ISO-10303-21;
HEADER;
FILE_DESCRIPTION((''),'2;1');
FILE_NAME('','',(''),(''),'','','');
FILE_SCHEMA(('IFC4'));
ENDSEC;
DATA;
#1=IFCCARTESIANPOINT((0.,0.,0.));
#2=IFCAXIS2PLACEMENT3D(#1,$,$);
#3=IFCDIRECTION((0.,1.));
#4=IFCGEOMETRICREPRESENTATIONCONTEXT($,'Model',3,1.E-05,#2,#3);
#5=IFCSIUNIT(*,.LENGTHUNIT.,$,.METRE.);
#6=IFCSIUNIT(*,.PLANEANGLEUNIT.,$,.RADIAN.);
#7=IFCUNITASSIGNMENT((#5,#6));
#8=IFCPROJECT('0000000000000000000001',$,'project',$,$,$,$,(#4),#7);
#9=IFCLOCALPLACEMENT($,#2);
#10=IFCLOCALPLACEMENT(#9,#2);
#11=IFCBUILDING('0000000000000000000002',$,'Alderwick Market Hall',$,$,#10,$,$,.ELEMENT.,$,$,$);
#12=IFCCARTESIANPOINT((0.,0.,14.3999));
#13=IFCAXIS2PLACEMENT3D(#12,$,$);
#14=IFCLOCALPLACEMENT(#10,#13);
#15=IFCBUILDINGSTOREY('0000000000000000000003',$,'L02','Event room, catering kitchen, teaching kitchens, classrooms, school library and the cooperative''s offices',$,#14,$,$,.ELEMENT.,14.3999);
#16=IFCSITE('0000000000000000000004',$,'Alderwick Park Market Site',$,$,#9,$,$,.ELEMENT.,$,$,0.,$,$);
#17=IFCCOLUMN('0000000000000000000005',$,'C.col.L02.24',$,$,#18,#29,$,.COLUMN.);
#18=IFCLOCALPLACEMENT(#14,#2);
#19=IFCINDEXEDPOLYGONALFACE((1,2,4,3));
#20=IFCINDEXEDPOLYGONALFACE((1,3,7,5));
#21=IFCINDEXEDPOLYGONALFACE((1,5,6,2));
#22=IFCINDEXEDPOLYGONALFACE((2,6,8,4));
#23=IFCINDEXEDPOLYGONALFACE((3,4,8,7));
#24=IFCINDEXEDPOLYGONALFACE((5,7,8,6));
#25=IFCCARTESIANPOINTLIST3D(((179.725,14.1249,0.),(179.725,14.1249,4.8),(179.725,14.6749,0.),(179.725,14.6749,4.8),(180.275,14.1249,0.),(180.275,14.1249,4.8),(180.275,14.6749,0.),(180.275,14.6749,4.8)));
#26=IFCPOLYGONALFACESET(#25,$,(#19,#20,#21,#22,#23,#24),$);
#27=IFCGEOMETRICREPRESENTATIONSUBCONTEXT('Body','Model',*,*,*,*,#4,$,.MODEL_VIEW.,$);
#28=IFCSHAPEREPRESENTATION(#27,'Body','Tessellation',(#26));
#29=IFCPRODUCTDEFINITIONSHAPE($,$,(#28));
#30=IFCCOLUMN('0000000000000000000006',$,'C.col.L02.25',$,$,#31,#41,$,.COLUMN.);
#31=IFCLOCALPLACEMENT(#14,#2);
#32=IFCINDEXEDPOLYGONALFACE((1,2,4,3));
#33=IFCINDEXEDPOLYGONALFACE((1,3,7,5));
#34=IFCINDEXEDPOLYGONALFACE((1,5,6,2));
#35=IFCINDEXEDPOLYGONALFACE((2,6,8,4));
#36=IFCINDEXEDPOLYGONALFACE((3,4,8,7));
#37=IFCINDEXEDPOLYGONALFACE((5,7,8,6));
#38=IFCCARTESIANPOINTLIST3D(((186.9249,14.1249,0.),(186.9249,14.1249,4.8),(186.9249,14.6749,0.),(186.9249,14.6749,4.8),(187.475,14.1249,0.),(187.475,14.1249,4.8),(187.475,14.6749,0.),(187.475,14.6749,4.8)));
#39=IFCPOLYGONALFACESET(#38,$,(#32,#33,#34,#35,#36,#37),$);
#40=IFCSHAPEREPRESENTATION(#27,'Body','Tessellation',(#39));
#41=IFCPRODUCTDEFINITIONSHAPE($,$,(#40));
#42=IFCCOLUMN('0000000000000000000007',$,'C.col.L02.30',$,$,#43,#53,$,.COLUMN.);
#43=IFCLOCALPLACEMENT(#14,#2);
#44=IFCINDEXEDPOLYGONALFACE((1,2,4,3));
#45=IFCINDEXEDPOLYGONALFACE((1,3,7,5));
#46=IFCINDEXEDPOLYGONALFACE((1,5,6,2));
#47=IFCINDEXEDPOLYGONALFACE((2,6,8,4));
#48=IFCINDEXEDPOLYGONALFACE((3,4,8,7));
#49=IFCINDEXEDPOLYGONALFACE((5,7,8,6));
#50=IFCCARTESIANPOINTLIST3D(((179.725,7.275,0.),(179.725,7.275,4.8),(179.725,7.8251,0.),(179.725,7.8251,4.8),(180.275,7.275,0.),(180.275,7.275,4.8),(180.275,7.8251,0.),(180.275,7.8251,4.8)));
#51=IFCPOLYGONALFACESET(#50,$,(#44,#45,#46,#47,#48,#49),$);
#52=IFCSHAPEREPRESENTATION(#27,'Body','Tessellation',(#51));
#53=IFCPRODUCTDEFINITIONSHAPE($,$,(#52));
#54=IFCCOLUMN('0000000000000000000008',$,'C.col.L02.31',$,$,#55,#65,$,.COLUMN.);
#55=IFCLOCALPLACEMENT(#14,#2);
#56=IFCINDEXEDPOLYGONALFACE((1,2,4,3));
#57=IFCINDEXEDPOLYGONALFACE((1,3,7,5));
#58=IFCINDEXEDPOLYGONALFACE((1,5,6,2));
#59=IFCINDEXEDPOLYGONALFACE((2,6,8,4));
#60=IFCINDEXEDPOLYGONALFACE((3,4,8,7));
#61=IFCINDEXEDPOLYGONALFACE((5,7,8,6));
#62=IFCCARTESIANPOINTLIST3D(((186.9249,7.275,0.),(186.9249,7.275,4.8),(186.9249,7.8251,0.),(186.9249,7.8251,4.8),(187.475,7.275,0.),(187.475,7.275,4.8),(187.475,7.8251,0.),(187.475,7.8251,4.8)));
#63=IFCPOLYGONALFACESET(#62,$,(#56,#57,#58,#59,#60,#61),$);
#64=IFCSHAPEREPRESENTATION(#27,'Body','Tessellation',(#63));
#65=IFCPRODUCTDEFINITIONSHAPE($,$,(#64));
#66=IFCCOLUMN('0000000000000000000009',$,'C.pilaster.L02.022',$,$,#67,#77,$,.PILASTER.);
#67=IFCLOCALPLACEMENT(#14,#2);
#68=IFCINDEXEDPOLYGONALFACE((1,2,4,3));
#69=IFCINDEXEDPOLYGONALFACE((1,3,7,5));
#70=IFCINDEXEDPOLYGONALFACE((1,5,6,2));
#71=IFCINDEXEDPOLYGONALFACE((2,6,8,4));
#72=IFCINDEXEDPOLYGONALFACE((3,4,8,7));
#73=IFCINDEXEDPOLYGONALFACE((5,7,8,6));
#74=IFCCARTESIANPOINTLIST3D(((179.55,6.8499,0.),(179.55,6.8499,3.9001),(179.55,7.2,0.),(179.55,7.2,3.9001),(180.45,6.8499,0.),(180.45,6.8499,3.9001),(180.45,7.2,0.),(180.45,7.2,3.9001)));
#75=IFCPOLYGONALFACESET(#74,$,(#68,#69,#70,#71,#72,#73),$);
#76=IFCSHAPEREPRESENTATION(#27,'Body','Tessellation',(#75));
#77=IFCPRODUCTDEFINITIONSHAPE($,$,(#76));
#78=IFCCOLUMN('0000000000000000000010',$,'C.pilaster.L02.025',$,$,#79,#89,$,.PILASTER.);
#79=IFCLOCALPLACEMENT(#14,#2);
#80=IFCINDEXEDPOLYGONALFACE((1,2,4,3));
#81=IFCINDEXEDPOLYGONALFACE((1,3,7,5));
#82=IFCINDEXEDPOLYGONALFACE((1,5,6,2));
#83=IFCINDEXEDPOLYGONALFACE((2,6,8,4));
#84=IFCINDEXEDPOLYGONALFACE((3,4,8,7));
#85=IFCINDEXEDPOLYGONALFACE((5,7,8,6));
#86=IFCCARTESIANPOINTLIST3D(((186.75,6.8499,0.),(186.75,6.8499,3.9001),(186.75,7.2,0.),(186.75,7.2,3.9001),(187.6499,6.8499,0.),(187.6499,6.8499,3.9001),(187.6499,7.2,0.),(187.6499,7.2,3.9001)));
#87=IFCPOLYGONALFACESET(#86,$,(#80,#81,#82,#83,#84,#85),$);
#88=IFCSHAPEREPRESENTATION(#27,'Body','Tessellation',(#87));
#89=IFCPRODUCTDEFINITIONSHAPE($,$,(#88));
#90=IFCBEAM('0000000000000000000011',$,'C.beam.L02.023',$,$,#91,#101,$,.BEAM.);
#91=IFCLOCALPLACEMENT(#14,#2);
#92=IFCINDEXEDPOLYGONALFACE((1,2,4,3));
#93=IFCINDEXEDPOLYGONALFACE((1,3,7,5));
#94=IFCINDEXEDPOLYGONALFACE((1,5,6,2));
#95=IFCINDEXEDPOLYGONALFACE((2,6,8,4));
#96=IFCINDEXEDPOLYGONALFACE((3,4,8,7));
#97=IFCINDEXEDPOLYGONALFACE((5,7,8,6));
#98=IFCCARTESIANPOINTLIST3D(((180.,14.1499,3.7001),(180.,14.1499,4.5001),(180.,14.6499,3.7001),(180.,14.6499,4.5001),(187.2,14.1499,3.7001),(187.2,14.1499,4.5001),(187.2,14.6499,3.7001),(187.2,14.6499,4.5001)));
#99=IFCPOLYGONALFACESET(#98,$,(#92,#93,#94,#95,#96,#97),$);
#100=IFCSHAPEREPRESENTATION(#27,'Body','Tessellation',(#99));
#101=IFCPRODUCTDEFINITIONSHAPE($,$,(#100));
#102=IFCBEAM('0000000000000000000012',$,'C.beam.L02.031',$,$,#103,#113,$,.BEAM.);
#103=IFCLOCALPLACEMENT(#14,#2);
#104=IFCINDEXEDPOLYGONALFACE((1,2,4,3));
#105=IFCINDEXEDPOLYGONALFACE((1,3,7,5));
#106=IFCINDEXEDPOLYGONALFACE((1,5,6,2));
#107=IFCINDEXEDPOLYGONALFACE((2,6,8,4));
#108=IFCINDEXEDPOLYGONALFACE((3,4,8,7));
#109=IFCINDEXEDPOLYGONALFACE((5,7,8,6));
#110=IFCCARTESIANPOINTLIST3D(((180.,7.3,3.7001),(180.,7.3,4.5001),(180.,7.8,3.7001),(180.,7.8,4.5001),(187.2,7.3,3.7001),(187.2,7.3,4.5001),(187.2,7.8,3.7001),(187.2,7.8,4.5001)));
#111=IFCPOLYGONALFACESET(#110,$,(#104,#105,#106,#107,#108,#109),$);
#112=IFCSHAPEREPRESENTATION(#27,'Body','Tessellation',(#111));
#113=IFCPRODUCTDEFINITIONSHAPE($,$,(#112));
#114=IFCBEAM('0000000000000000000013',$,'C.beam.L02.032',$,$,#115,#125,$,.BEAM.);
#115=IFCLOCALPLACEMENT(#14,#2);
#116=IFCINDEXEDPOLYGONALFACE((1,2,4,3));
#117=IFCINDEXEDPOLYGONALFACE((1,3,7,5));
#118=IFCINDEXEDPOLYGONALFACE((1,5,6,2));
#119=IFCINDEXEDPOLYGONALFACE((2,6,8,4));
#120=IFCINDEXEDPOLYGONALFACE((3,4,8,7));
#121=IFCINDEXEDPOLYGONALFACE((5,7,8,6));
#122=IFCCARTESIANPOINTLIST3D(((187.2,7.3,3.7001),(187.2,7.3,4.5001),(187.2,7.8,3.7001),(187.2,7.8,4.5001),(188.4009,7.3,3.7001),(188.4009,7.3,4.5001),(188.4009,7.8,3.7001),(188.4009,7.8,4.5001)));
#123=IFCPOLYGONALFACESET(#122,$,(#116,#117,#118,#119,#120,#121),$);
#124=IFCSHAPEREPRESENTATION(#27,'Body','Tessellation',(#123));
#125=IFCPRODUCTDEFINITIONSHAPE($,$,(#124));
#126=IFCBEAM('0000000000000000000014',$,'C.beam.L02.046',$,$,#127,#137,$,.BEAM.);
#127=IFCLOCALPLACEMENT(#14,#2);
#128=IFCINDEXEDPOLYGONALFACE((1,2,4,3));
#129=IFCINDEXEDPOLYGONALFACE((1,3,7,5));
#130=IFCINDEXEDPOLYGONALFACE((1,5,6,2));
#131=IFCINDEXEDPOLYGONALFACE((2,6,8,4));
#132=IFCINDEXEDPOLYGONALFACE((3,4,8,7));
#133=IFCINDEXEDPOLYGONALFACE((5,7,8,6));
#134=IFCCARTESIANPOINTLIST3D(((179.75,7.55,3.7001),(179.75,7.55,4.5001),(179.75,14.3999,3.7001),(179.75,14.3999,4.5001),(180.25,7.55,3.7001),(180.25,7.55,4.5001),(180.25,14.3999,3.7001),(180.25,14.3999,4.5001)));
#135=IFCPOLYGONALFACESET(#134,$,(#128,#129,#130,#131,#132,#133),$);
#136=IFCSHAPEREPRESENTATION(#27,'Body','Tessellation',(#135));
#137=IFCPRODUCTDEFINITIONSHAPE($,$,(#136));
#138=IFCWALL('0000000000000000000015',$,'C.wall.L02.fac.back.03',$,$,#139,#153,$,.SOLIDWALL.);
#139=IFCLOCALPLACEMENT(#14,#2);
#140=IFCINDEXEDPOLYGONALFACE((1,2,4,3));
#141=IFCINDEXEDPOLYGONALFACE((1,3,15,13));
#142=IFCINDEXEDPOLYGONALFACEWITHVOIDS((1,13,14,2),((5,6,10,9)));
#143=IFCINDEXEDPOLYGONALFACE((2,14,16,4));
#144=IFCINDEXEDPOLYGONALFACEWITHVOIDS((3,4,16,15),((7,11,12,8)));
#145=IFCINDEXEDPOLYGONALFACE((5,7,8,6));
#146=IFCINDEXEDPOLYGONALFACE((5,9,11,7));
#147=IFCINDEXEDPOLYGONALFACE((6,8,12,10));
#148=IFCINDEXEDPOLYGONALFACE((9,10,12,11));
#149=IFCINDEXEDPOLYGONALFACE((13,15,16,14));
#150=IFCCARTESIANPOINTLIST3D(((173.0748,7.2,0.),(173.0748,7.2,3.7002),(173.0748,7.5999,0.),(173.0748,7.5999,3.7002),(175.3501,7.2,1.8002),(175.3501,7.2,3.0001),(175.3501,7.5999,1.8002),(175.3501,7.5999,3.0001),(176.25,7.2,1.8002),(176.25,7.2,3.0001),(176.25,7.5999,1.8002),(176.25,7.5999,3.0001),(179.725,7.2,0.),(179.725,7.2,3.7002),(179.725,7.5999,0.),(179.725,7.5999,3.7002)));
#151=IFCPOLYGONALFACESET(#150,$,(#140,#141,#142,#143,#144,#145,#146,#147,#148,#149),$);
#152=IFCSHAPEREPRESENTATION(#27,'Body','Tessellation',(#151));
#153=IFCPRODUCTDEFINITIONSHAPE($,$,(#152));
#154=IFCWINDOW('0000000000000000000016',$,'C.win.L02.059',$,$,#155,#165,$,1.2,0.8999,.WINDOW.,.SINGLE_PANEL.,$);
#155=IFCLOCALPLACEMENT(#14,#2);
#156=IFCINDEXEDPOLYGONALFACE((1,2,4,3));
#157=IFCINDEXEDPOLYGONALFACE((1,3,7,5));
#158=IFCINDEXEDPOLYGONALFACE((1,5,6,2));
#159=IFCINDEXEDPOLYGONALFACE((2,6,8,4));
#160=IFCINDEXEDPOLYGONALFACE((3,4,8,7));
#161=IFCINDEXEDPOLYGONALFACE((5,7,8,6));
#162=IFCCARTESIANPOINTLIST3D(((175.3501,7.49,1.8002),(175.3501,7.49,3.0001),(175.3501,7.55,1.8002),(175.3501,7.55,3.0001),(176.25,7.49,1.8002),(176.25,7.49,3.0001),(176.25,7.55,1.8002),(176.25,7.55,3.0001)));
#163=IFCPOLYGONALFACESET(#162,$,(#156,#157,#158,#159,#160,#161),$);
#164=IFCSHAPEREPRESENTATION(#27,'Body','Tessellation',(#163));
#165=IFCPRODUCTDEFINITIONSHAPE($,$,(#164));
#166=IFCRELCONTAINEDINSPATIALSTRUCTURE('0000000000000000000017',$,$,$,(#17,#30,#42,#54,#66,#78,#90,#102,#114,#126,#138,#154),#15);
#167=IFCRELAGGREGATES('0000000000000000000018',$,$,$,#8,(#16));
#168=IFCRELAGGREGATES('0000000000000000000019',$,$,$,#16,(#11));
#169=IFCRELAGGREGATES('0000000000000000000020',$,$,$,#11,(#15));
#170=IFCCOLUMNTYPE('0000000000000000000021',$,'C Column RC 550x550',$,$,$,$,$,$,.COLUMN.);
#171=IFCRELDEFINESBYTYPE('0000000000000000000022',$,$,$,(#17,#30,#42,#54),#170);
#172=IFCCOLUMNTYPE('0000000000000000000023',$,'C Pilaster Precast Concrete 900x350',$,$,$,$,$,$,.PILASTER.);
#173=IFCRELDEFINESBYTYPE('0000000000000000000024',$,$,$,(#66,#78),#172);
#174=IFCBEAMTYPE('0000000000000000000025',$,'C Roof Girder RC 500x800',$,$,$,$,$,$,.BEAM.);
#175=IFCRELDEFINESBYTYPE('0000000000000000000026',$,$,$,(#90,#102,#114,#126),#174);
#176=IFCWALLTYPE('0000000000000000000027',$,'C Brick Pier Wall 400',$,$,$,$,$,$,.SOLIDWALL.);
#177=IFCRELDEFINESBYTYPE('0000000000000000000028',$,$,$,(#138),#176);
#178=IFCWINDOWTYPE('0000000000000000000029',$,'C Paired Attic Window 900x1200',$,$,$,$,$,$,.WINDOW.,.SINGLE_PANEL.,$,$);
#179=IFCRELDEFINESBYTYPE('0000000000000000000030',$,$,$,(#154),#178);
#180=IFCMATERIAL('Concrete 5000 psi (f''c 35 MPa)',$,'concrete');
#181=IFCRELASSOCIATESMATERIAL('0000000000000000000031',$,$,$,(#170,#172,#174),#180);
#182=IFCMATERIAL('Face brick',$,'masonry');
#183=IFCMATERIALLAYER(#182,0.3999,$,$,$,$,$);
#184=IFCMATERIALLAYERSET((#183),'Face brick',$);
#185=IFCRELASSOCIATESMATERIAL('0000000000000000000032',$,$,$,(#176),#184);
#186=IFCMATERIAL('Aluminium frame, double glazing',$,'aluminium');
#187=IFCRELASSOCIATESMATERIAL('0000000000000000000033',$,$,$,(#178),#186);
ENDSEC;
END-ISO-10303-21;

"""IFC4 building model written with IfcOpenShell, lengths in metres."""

from ifc_helpers import new_model, si_unit, direction, frame, frame_2d, origin, origin_2d, place, context, subcontext, project, spatial, rectangle, extrude, material, layer, layer_set, material_profile, profile_set, type_object, element, fill, save


model = new_model("IFC4")

# Units and contexts
model_context = context("Model", 3, precision=1e-05, world=origin(), true_north=direction((0.0, 1.0)))
body_context = subcontext(model_context, "Body", "Model", "MODEL_VIEW")
ifc_project = project(units=[si_unit("LENGTHUNIT", "METRE"), si_unit("PLANEANGLEUNIT", "RADIAN")], contexts=[model_context])

# Site, building, storey
site_placement = place(None, origin())
site = spatial("IfcSite", under=ifc_project, at=site_placement, Name="Alderwick Park Market Site", CompositionType="ELEMENT", RefElevation=0.0)
building_placement = place(site_placement, origin())
building = spatial("IfcBuilding", under=site, at=building_placement, Name="Alderwick Market Hall", CompositionType="ELEMENT")
storey_placement = place(building_placement, frame((0.0, 0.0, 14.3999)))
storey = spatial("IfcBuildingStorey", under=building, at=storey_placement, Name="L02", Description="Event room, catering kitchen, teaching kitchens, classrooms, school library and the cooperative's offices", CompositionType="ELEMENT", Elevation=14.3999)

# Columns
ifc_material_1 = material(Name="Concrete 5000 psi (f'c 35 MPa)", Category="concrete")
ifc_material_profile_1 = material_profile(ifc_material_1, rectangle(XDim=0.55, YDim=0.55, at=origin_2d()), Name="RC 550x550")
ifc_profile_set_1 = profile_set([ifc_material_profile_1], Name="Concrete 5000 psi (f'c 35 MPa)")
column_type_1 = type_object("IfcColumnType", Name="C Column RC 550x550", PredefinedType="COLUMN", material=ifc_profile_set_1)
for number, where, z_axis, x_axis, name in (
    (1, (180.0, 14.3999, 0.0), (0.0, 0.0, 1.0), (1.0, 0.0, 0.0), "C.col.L02.24"),
    (2, (187.2, 14.3999, 0.0), (0.0, 0.0, 1.0), (1.0, 0.0, 0.0), "C.col.L02.25"),
    (3, (180.0, 7.55, 0.0), (0.0, 0.0, 1.0), (1.0, 0.0, 0.0), "C.col.L02.30"),
    (4, (187.2, 7.55, 0.0), (0.0, 0.0, 1.0), (1.0, 0.0, 0.0), "C.col.L02.31"),
):
    element("IfcColumn", number, at=place(storey_placement, frame(where, z_axis=z_axis, x_axis=x_axis)), inside=storey, type_object=column_type_1, Name=name, PredefinedType="COLUMN", context=body_context, shape_type="SweptSolid", body=[
        extrude(rectangle(XDim=0.55, YDim=0.55, at=origin_2d()), origin(), (0.0, 0.0, 1.0), 4.8),
    ])
ifc_material_profile_2 = material_profile(ifc_material_1, rectangle(XDim=0.8999, YDim=0.3501, at=origin_2d()), Name="PC 900x350")
ifc_profile_set_2 = profile_set([ifc_material_profile_2], Name="Concrete 5000 psi (f'c 35 MPa)")
column_type_2 = type_object("IfcColumnType", Name="C Pilaster Precast Concrete 900x350", PredefinedType="PILASTER", material=ifc_profile_set_2)
for number, where, z_axis, x_axis, name in (
    (5, (180.0, 7.0249, 0.0), (0.0, 0.0, 1.0), (1.0, 0.0, 0.0), "C.pilaster.L02.022"),
    (6, (187.2, 7.0249, 0.0), (0.0, 0.0, 1.0), (1.0, 0.0, 0.0), "C.pilaster.L02.025"),
):
    element("IfcColumn", number, at=place(storey_placement, frame(where, z_axis=z_axis, x_axis=x_axis)), inside=storey, type_object=column_type_2, Name=name, PredefinedType="PILASTER", context=body_context, shape_type="SweptSolid", body=[
        extrude(rectangle(XDim=0.8999, YDim=0.3501, at=origin_2d()), origin(), (0.0, 0.0, 1.0), 3.9001),
    ])

# Beams
ifc_material_profile_3 = material_profile(ifc_material_1, rectangle(XDim=0.5, YDim=0.8, at=origin_2d()), Name="RC 500x800")
ifc_profile_set_3 = profile_set([ifc_material_profile_3], Name="Concrete 5000 psi (f'c 35 MPa)")
beam_type = type_object("IfcBeamType", Name="C Roof Girder RC 500x800", PredefinedType="BEAM", material=ifc_profile_set_3)
for number, where, z_axis, x_axis, name in (
    (7, (180.0, 14.3999, 4.1001), (1.0, 0.0, 0.0), (0.0, 1.0, 0.0), "C.beam.L02.023"),
    (8, (180.0, 7.55, 4.1001), (1.0, 0.0, 0.0), (0.0, 1.0, 0.0), "C.beam.L02.031"),
):
    element("IfcBeam", number, at=place(storey_placement, frame(where, z_axis=z_axis, x_axis=x_axis)), inside=storey, type_object=beam_type, Name=name, PredefinedType="BEAM", context=body_context, shape_type="SweptSolid", body=[
        extrude(rectangle(XDim=0.5, YDim=0.8, at=origin_2d()), origin(), (0.0, 0.0, 1.0), 7.2),
    ])
beam_1_placement = place(storey_placement, frame((187.2, 7.55, 4.1001), z_axis=(1.0, 0.0, 0.0), x_axis=(0.0, 1.0, 0.0)))
element("IfcBeam", 9, at=beam_1_placement, inside=storey, type_object=beam_type, Name="C.beam.L02.032", PredefinedType="BEAM", context=body_context, shape_type="SweptSolid", body=[
    extrude(rectangle(XDim=0.5, YDim=0.8, at=origin_2d()), origin(), (0.0, 0.0, 1.0), 1.2009),
])
beam_2_placement = place(storey_placement, frame((180.0, 14.3999, 4.1001), z_axis=(0.0, -1.0, 0.0), x_axis=(1.0, 0.0, 0.0)))
element("IfcBeam", 10, at=beam_2_placement, inside=storey, type_object=beam_type, Name="C.beam.L02.046", PredefinedType="BEAM", context=body_context, shape_type="SweptSolid", body=[
    extrude(rectangle(XDim=0.5, YDim=0.8, at=origin_2d()), origin(), (0.0, 0.0, 1.0), 6.8499),
])

# Wall, opening, window
ifc_material_2 = material(Name="Face brick", Category="masonry")
ifc_layer_1 = layer(ifc_material_2, 0.3999)
ifc_layer_set_1 = layer_set([ifc_layer_1], Name="Face brick")
wall_type_1 = type_object("IfcWallType", Name="C Brick Pier Wall 400", PredefinedType="SOLIDWALL", material=ifc_layer_set_1)
wall_1_placement = place(storey_placement, frame((179.7251, 7.3999, 0.0), z_axis=(0.0, 0.0, 1.0), x_axis=(-1.0, 0.0, 0.0)))
wall_1 = element("IfcWall", 11, at=wall_1_placement, inside=storey, type_object=wall_type_1, Name="C.wall.L02.fac.back.03", PredefinedType="SOLIDWALL", context=body_context, shape_type="SweptSolid", body=[
    extrude(rectangle(XDim=6.6501, YDim=0.3999, at=frame_2d((3.3252, 0.0))), origin(), (0.0, 0.0, 1.0), 3.7002),
])
opening_1_placement = place(wall_1_placement, frame((3.4751, 0.0, 1.8)))
opening_1 = element("IfcOpeningElement", 12, at=opening_1_placement, cuts=wall_1, PredefinedType="OPENING", context=body_context, shape_type="SweptSolid", body=[
    extrude(rectangle(XDim=0.8999, YDim=1.2, at=frame_2d((0.45, 0.6001))), frame((0.0, 0.21, 0.0), z_axis=(0.0, -1.0, 0.0), x_axis=(1.0, 0.0, 0.0)), (0.0, 0.0, 1.0), 0.4199),
])
ifc_material_3 = material(Name="Aluminium frame, double glazing", Category="aluminium")
window_type = type_object("IfcWindowType", Name="C Paired Attic Window 900x1200", PartitioningType="SINGLE_PANEL", PredefinedType="WINDOW", material=ifc_material_3)
window_1_placement = place(opening_1_placement, origin())
window_1 = element("IfcWindow", 13, at=window_1_placement, inside=storey, type_object=window_type, Name="C.win.L02.059", OverallHeight=1.2, OverallWidth=0.8999, PartitioningType="SINGLE_PANEL", PredefinedType="WINDOW", context=body_context, shape_type="SweptSolid", body=[
    extrude(rectangle(XDim=0.8999, YDim=1.2, at=frame_2d((0.45, 0.6001))), frame((0.0, -0.0901, 0.0), z_axis=(0.0, -1.0, 0.0), x_axis=(1.0, 0.0, 0.0)), (0.0, 0.0, 1.0), 0.0601),
])
fill(opening_1, window_1)

save(model, "model.ifc")
